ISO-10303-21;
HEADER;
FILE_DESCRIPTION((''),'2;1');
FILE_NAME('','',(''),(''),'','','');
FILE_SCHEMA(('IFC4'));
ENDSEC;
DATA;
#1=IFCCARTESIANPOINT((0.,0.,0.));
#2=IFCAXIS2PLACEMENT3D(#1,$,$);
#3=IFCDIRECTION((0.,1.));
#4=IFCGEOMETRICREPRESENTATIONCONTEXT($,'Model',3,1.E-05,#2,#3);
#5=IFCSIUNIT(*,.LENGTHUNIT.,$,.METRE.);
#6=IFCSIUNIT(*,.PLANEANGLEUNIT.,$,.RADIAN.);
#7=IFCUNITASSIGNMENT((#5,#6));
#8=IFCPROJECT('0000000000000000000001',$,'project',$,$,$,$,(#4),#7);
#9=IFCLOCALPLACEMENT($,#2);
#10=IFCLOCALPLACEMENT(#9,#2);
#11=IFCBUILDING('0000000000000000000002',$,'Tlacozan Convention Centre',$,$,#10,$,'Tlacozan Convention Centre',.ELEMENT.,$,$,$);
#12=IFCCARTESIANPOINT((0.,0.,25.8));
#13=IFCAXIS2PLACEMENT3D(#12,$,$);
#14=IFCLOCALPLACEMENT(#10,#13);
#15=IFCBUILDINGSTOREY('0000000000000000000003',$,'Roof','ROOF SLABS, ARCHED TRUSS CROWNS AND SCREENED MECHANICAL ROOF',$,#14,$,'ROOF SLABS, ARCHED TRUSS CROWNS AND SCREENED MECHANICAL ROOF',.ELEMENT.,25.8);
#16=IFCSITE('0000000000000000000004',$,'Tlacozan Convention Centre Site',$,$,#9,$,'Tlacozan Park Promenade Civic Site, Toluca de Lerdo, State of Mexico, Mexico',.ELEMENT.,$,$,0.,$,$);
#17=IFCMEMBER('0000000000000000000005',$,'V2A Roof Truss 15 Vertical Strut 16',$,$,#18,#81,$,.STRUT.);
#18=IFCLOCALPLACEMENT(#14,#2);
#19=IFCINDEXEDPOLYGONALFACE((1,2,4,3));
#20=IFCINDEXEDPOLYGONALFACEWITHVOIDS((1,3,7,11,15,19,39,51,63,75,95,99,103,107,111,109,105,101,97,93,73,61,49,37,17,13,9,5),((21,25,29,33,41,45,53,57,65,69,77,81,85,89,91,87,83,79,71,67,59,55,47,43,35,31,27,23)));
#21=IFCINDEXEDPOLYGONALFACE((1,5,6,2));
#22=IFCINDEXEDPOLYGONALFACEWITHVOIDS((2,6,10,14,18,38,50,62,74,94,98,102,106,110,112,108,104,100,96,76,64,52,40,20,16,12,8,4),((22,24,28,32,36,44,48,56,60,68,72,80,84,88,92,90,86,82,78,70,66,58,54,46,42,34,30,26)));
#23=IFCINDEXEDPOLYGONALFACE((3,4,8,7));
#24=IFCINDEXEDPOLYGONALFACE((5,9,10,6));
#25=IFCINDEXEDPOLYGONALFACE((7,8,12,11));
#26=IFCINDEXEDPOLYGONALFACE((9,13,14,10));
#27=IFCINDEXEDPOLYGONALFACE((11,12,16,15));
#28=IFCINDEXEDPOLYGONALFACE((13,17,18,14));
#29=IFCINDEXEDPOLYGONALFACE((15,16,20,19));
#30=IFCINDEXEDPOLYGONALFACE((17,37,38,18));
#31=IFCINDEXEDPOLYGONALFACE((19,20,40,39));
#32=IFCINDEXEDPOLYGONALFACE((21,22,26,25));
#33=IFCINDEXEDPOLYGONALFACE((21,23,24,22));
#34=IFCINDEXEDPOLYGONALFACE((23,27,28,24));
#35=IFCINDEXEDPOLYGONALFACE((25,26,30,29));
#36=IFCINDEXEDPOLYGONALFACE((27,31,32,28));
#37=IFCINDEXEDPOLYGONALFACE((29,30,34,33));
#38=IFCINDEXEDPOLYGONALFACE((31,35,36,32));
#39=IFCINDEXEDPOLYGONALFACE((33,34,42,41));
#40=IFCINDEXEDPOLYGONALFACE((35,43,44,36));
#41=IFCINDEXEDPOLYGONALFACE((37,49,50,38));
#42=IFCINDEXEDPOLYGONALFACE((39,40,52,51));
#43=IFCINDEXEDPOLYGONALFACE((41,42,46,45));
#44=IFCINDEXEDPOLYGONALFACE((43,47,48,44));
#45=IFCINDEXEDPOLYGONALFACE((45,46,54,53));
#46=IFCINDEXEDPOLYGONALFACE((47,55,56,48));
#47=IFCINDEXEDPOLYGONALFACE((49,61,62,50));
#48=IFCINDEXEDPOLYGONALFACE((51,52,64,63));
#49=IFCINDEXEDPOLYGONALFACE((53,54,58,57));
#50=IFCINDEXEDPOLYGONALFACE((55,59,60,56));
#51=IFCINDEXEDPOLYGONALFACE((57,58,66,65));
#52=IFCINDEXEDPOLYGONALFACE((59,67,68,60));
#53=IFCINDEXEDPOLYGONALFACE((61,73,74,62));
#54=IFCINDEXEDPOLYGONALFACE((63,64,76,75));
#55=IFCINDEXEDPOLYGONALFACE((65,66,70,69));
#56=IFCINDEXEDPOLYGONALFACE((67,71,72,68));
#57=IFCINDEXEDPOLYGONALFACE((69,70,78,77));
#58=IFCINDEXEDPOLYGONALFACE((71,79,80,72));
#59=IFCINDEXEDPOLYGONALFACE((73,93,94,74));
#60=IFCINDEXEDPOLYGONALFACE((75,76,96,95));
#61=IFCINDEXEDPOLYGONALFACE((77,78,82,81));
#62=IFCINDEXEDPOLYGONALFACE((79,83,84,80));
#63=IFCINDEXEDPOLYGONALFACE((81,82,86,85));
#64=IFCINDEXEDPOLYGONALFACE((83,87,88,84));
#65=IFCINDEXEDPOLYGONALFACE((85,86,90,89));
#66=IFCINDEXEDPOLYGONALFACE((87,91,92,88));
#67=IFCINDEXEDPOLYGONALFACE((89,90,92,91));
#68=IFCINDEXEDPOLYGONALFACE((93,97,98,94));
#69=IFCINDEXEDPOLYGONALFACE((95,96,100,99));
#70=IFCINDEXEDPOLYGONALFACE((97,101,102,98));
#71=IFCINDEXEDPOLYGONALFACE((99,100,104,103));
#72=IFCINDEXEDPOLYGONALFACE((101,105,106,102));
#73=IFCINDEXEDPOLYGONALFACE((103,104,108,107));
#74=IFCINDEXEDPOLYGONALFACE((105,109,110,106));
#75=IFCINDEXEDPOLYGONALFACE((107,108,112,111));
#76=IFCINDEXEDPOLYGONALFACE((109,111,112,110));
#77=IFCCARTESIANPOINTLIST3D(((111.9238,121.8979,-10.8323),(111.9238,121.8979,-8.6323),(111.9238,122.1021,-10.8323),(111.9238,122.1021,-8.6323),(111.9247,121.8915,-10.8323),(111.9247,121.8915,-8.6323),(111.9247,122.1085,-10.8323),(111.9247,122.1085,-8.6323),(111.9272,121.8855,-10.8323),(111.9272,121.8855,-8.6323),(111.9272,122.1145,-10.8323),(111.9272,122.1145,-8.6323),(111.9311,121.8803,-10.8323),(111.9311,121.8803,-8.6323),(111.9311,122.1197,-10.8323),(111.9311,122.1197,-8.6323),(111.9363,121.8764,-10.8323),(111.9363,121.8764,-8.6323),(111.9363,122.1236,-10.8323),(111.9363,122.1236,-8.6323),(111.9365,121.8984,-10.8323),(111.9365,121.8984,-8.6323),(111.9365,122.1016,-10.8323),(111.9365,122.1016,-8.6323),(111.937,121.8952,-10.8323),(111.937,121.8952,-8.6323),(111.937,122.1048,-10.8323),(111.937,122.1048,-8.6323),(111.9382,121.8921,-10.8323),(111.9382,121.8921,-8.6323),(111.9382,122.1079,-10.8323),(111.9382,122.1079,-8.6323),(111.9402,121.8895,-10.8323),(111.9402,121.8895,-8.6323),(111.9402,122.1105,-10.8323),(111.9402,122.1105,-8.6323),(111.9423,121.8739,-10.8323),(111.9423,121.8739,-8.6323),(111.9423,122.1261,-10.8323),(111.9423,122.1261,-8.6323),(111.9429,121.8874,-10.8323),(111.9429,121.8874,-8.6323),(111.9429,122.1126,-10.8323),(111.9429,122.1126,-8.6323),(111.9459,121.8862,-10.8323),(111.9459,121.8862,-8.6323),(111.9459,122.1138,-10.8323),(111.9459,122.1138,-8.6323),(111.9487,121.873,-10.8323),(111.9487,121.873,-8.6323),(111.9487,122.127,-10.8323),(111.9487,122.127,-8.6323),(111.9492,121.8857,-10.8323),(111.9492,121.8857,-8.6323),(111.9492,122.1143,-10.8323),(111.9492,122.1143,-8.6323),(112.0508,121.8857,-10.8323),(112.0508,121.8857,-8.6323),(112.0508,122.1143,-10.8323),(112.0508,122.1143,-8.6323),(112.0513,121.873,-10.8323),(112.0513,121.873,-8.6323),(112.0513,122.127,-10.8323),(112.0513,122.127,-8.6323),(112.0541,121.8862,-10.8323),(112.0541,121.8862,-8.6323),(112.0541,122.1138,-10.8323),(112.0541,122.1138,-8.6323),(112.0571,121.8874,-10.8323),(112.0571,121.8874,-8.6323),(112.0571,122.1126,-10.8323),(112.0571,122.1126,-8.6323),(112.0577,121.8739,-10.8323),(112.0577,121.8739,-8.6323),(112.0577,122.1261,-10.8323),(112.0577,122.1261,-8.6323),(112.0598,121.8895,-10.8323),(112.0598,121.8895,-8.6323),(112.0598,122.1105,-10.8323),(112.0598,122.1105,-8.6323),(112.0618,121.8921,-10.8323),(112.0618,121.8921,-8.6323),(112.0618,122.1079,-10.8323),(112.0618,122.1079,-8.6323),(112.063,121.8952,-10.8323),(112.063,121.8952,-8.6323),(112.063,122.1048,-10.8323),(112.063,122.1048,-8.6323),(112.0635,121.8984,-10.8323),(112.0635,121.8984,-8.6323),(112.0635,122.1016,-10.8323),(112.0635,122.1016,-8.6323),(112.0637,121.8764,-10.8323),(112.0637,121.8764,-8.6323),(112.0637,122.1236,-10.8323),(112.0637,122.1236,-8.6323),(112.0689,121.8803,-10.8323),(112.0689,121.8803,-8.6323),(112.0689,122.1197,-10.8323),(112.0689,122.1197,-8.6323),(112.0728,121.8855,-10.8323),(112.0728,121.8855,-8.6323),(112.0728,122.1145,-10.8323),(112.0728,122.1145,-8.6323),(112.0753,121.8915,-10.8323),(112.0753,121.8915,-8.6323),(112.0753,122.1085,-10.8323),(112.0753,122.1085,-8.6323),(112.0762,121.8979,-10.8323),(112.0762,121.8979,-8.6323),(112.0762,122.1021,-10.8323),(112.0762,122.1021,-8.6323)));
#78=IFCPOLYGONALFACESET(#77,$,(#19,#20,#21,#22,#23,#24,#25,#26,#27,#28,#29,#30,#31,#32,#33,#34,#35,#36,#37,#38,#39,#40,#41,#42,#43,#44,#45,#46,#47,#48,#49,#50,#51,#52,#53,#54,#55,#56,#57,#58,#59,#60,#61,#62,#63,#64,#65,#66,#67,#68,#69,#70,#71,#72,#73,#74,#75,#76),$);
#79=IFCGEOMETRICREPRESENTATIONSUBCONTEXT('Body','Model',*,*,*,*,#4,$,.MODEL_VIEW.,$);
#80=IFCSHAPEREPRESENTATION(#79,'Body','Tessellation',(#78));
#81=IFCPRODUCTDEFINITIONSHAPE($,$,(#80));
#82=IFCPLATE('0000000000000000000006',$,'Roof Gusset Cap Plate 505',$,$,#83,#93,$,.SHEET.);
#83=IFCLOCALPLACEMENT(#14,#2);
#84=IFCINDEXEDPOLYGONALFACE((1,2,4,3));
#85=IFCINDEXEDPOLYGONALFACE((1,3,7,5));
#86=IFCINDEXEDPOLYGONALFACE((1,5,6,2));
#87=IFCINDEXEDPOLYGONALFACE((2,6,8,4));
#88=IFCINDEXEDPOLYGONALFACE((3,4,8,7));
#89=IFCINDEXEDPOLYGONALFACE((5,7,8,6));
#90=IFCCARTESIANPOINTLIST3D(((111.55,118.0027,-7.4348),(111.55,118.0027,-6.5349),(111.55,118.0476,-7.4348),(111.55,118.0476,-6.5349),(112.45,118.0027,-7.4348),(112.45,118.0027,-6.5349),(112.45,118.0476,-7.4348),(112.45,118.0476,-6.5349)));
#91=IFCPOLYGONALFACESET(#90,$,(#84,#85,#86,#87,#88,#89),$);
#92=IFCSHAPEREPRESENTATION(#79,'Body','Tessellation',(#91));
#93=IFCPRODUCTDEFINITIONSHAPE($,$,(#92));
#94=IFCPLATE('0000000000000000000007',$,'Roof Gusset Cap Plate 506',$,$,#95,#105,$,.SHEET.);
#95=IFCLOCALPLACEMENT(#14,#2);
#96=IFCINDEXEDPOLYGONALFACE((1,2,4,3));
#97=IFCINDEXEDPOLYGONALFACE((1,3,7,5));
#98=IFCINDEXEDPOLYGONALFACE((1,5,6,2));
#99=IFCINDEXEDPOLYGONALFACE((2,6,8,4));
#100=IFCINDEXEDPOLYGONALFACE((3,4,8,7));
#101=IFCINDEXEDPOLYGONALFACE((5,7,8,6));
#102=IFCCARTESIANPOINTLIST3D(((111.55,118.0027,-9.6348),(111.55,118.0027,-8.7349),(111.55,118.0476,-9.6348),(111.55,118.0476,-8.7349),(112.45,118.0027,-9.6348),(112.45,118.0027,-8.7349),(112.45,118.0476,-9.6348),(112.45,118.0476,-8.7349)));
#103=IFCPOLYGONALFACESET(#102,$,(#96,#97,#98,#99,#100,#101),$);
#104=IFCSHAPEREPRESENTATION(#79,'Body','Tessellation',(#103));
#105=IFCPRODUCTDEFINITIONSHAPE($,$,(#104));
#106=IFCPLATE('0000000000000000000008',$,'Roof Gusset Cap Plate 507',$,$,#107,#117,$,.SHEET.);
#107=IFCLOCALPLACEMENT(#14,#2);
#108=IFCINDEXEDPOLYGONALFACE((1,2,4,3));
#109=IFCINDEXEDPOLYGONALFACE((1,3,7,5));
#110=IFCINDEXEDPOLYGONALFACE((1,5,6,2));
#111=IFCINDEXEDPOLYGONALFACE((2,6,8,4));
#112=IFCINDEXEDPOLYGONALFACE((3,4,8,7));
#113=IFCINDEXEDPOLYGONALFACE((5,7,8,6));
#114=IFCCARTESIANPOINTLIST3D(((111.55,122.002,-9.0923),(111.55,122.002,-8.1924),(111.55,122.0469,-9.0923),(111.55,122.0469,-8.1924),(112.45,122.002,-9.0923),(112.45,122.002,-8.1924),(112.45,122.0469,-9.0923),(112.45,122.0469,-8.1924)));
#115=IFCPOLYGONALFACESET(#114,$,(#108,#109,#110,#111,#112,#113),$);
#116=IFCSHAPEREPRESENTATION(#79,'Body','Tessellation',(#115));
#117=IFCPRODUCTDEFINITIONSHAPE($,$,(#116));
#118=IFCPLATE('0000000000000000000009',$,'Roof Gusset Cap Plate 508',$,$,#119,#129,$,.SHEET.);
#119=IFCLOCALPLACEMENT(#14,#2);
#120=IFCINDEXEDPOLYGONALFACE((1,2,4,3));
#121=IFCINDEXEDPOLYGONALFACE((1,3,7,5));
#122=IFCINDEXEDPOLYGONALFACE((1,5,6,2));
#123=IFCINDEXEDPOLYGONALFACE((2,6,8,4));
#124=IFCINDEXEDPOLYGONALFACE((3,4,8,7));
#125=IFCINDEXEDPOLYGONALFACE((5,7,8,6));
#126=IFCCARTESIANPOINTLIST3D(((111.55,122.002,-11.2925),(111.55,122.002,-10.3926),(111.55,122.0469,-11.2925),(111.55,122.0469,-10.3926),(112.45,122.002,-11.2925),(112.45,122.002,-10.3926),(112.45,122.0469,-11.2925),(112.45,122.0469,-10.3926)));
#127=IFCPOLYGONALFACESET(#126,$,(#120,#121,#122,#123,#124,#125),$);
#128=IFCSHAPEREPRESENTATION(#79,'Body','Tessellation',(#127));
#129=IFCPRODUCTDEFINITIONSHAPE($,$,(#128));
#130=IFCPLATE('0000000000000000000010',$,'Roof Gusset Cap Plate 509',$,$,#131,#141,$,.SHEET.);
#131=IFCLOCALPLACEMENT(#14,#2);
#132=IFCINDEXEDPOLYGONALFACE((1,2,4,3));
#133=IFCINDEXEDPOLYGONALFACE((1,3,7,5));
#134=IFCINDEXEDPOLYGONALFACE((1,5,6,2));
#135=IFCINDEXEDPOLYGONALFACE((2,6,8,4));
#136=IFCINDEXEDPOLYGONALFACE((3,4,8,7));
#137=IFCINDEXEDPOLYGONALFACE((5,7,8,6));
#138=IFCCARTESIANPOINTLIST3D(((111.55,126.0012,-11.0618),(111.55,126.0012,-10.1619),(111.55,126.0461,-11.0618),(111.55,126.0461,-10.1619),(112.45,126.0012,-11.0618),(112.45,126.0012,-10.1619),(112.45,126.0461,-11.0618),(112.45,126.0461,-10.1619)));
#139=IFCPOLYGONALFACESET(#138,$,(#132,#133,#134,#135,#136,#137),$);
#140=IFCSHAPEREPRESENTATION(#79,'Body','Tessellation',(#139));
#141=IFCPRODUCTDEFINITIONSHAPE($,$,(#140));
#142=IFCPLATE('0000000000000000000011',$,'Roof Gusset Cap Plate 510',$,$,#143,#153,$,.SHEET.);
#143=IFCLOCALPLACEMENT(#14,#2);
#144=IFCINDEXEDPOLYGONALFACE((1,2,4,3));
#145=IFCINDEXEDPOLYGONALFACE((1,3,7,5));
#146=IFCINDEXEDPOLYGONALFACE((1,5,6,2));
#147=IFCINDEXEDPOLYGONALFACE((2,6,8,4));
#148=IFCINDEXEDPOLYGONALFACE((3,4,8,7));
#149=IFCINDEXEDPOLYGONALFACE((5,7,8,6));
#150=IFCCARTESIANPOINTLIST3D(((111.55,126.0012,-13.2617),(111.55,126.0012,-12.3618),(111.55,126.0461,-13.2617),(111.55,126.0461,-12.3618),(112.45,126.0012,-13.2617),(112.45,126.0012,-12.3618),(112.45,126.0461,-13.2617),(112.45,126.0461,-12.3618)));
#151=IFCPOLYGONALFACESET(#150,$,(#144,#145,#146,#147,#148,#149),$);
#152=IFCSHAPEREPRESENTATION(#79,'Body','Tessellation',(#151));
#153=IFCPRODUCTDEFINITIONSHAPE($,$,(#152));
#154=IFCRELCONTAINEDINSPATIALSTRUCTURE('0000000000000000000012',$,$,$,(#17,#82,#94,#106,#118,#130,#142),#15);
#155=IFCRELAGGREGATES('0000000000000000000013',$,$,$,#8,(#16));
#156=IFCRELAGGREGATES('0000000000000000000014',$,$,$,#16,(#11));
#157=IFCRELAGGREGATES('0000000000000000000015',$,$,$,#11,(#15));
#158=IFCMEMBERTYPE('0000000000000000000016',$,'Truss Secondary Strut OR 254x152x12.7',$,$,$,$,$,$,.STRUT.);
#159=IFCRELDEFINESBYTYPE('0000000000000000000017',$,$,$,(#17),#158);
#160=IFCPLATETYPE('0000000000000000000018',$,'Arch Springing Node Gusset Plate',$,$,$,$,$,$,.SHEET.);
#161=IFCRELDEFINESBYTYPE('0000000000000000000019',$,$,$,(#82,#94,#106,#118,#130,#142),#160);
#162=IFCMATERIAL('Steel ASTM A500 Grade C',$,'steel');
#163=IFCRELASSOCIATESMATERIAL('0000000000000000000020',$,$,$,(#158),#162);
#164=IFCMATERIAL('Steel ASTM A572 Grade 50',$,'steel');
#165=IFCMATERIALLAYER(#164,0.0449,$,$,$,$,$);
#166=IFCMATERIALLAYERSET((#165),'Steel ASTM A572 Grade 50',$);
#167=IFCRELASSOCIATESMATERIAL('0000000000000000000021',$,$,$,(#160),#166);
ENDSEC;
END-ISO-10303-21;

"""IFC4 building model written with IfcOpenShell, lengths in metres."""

from ifc_helpers import new_model, si_unit, direction, frame, origin, origin_2d, place, context, subcontext, project, spatial, rectangle, hollow_rectangle, extrude, material, layer, layer_set, material_profile, profile_set, type_object, element, save


model = new_model("IFC4")

# Units and contexts
model_context = context("Model", 3, precision=1e-05, world=origin(), true_north=direction((0.0, 1.0)))
body_context = subcontext(model_context, "Body", "Model", "MODEL_VIEW")
ifc_project = project(units=[si_unit("LENGTHUNIT", "METRE"), si_unit("PLANEANGLEUNIT", "RADIAN")], contexts=[model_context])

# Site, building, storey
site_placement = place(None, origin())
site = spatial("IfcSite", under=ifc_project, at=site_placement, Name="Tlacozan Convention Centre Site", LongName="Tlacozan Park Promenade Civic Site, Toluca de Lerdo, State of Mexico, Mexico", CompositionType="ELEMENT", RefElevation=0.0)
building_placement = place(site_placement, origin())
building = spatial("IfcBuilding", under=site, at=building_placement, Name="Tlacozan Convention Centre", LongName="Tlacozan Convention Centre", CompositionType="ELEMENT")
storey_placement = place(building_placement, frame((0.0, 0.0, 25.8)))
storey = spatial("IfcBuildingStorey", under=building, at=storey_placement, Name="Roof", Description="ROOF SLABS, ARCHED TRUSS CROWNS AND SCREENED MECHANICAL ROOF", LongName="ROOF SLABS, ARCHED TRUSS CROWNS AND SCREENED MECHANICAL ROOF", CompositionType="ELEMENT", Elevation=25.8)

# Member
ifc_material_1 = material(Name="Steel ASTM A500 Grade C", Category="steel")
ifc_material_profile_1 = material_profile(ifc_material_1, hollow_rectangle(XDim=0.1523, YDim=0.2539, WallThickness=0.0127, InnerFilletRadius=0.0127, OuterFilletRadius=0.0249, at=origin_2d()), Name="OR 254x152x12.7")
ifc_profile_set_1 = profile_set([ifc_material_profile_1], Name="Steel ASTM A500 Grade C")
member_type_1 = type_object("IfcMemberType", Name="Truss Secondary Strut OR 254x152x12.7", PredefinedType="STRUT", material=ifc_profile_set_1)
for number, where, z_axis, x_axis, name in (
    (1, (112.0, 122.0, -10.8323), (0.0, 0.0, 1.0), (1.0, 0.0, 0.0), "V2A Roof Truss 15 Vertical Strut 16"),
):
    element("IfcMember", number, at=place(storey_placement, frame(where, z_axis=z_axis, x_axis=x_axis)), inside=storey, type_object=member_type_1, Name=name, PredefinedType="STRUT", context=body_context, shape_type="SweptSolid", body=[
        extrude(hollow_rectangle(XDim=0.1523, YDim=0.2539, WallThickness=0.0127, InnerFilletRadius=0.0127, OuterFilletRadius=0.0249, at=origin_2d()), origin(), (0.0, 0.0, 1.0), 2.2),
    ])

# Plates
ifc_material_2 = material(Name="Steel ASTM A572 Grade 50", Category="steel")
ifc_layer = layer(ifc_material_2, 0.0449)
ifc_layer_set = layer_set([ifc_layer], Name="Steel ASTM A572 Grade 50")
plate_type = type_object("IfcPlateType", Name="Arch Springing Node Gusset Plate", PredefinedType="SHEET", material=ifc_layer_set)
for number, where, z_axis, x_axis, name in (
    (2, (112.0, 118.0251, -7.4348), (0.0, 0.0, 1.0), (0.0, 1.0, 0.0), "Roof Gusset Cap Plate 505"),
    (3, (112.0, 118.0251, -9.6348), (0.0, 0.0, 1.0), (0.0, 1.0, 0.0), "Roof Gusset Cap Plate 506"),
    (4, (112.0, 122.0244, -9.0923), (0.0, 0.0, 1.0), (0.0, 1.0, 0.0), "Roof Gusset Cap Plate 507"),
    (5, (112.0, 122.0244, -11.2925), (0.0, 0.0, 1.0), (0.0, 1.0, 0.0), "Roof Gusset Cap Plate 508"),
    (6, (112.0, 126.0237, -11.0618), (0.0, 0.0, 1.0), (0.0, 1.0, 0.0), "Roof Gusset Cap Plate 509"),
    (7, (112.0, 126.0237, -13.2617), (0.0, 0.0, 1.0), (0.0, 1.0, 0.0), "Roof Gusset Cap Plate 510"),
):
    element("IfcPlate", number, at=place(storey_placement, frame(where, z_axis=z_axis, x_axis=x_axis)), inside=storey, type_object=plate_type, Name=name, PredefinedType="SHEET", context=body_context, shape_type="SweptSolid", body=[
        extrude(rectangle(XDim=0.0449, YDim=0.8999, at=origin_2d()), origin(), (0.0, 0.0, 1.0), 0.8999),
    ])

save(model, "model.ifc")
